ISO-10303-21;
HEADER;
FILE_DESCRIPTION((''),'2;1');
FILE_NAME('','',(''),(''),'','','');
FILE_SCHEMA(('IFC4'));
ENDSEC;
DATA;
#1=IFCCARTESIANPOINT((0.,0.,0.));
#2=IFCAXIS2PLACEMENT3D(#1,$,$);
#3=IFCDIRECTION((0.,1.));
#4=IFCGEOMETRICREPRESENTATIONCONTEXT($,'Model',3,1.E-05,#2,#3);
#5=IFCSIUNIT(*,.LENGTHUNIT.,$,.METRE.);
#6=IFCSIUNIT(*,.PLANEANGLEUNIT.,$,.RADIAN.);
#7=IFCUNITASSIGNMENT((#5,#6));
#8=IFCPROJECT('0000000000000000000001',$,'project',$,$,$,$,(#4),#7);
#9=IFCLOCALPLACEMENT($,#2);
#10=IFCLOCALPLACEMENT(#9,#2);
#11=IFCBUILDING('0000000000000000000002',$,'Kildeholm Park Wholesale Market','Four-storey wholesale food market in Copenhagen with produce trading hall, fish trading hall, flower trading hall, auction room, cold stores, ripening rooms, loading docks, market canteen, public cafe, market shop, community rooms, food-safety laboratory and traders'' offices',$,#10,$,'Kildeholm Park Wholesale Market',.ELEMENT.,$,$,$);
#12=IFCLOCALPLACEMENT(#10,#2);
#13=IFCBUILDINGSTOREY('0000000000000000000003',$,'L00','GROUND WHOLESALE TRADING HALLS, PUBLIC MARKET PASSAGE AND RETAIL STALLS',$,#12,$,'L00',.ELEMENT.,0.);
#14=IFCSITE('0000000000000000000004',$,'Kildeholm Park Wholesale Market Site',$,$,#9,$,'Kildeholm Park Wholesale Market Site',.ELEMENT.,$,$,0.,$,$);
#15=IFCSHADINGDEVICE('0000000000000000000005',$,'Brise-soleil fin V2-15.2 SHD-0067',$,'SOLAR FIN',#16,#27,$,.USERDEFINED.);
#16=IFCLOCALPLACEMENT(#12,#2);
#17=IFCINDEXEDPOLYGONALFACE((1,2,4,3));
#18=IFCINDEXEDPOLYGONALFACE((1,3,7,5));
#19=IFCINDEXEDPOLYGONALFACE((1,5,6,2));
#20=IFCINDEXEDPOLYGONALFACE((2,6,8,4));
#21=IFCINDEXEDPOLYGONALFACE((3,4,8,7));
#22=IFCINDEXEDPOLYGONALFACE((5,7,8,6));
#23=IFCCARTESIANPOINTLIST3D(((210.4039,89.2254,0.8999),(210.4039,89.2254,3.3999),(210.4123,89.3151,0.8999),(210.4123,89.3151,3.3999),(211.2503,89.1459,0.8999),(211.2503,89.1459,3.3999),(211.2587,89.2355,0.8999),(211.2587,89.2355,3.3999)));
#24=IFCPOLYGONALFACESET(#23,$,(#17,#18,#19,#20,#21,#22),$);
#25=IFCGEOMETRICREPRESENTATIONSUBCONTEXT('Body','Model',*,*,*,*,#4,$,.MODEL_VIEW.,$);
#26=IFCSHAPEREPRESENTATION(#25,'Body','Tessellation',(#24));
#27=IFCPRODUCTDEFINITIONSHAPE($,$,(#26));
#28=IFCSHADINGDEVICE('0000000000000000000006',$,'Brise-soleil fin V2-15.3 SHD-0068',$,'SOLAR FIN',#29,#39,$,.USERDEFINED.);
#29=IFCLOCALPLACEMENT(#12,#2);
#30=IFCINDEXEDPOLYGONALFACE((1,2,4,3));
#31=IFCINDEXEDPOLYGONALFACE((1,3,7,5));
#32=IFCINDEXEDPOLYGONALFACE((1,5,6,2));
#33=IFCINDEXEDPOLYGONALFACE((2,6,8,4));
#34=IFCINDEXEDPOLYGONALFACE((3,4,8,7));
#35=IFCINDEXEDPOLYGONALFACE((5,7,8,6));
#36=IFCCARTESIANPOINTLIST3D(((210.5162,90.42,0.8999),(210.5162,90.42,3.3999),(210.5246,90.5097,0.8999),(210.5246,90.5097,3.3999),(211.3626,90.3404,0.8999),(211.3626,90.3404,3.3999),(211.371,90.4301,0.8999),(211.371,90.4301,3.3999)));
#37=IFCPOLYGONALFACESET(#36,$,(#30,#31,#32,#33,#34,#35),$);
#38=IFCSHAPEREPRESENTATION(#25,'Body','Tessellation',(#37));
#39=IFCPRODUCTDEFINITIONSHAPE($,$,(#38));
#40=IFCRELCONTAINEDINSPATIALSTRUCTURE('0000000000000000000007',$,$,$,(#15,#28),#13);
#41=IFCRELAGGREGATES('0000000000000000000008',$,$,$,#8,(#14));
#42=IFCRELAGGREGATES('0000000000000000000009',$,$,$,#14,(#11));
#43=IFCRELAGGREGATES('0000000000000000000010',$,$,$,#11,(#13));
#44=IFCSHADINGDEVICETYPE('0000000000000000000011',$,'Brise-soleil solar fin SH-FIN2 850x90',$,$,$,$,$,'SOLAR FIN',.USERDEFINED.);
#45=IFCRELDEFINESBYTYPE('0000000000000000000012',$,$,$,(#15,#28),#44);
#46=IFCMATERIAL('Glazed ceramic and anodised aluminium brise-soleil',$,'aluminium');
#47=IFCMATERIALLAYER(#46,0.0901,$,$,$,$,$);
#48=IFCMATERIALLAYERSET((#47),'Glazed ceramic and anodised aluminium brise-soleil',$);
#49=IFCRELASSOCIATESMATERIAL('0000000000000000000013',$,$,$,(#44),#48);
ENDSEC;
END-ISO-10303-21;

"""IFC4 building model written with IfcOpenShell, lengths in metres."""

from ifc_helpers import new_model, si_unit, direction, frame, origin, origin_2d, place, context, subcontext, project, spatial, rectangle, extrude, material, layer, layer_set, type_object, element, save


model = new_model("IFC4")

# Units and contexts
model_context = context("Model", 3, precision=1e-05, world=origin(), true_north=direction((0.0, 1.0)))
body_context = subcontext(model_context, "Body", "Model", "MODEL_VIEW")
ifc_project = project(units=[si_unit("LENGTHUNIT", "METRE"), si_unit("PLANEANGLEUNIT", "RADIAN")], contexts=[model_context])

# Site, building, storey
site_placement = place(None, origin())
site = spatial("IfcSite", under=ifc_project, at=site_placement, Name="Kildeholm Park Wholesale Market Site", LongName="Kildeholm Park Wholesale Market Site", CompositionType="ELEMENT", RefElevation=0.0)
building_placement = place(site_placement, origin())
building = spatial("IfcBuilding", under=site, at=building_placement, Name="Kildeholm Park Wholesale Market", Description="Four-storey wholesale food market in Copenhagen with produce trading hall, fish trading hall, flower trading hall, auction room, cold stores, ripening rooms, loading docks, market canteen, public cafe, market shop, community rooms, food-safety laboratory and traders' offices", LongName="Kildeholm Park Wholesale Market", CompositionType="ELEMENT")
storey_placement = place(building_placement, origin())
storey = spatial("IfcBuildingStorey", under=building, at=storey_placement, Name="L00", Description="GROUND WHOLESALE TRADING HALLS, PUBLIC MARKET PASSAGE AND RETAIL STALLS", LongName="L00", CompositionType="ELEMENT", Elevation=0.0)

# Shading devices
ifc_material_1 = material(Name="Glazed ceramic and anodised aluminium brise-soleil", Category="aluminium")
ifc_layer_1 = layer(ifc_material_1, 0.0901)
ifc_layer_set_1 = layer_set([ifc_layer_1], Name="Glazed ceramic and anodised aluminium brise-soleil")
shading_device_type = type_object("IfcShadingDeviceType", Name="Brise-soleil solar fin SH-FIN2 850x90", ElementType="SOLAR FIN", PredefinedType="USERDEFINED", material=ifc_layer_set_1)
for number, where, z_axis, x_axis, name in (
    (1, (210.8313, 89.2305, 0.8999), (0.0, 0.0, 1.0), (0.995613, -0.09357, 0.0), "Brise-soleil fin V2-15.2 SHD-0067"),
    (2, (210.9436, 90.425, 0.8999), (0.0, 0.0, 1.0), (0.995613, -0.09357, 0.0), "Brise-soleil fin V2-15.3 SHD-0068"),
):
    element("IfcShadingDevice", number, at=place(storey_placement, frame(where, z_axis=z_axis, x_axis=x_axis)), inside=storey, type_object=shading_device_type, Name=name, ObjectType="SOLAR FIN", PredefinedType="USERDEFINED", context=body_context, shape_type="SweptSolid", body=[
        extrude(rectangle(XDim=0.8501, YDim=0.0901, at=origin_2d()), origin(), (0.0, 0.0, 1.0), 2.5),
    ])

save(model, "model.ifc")
